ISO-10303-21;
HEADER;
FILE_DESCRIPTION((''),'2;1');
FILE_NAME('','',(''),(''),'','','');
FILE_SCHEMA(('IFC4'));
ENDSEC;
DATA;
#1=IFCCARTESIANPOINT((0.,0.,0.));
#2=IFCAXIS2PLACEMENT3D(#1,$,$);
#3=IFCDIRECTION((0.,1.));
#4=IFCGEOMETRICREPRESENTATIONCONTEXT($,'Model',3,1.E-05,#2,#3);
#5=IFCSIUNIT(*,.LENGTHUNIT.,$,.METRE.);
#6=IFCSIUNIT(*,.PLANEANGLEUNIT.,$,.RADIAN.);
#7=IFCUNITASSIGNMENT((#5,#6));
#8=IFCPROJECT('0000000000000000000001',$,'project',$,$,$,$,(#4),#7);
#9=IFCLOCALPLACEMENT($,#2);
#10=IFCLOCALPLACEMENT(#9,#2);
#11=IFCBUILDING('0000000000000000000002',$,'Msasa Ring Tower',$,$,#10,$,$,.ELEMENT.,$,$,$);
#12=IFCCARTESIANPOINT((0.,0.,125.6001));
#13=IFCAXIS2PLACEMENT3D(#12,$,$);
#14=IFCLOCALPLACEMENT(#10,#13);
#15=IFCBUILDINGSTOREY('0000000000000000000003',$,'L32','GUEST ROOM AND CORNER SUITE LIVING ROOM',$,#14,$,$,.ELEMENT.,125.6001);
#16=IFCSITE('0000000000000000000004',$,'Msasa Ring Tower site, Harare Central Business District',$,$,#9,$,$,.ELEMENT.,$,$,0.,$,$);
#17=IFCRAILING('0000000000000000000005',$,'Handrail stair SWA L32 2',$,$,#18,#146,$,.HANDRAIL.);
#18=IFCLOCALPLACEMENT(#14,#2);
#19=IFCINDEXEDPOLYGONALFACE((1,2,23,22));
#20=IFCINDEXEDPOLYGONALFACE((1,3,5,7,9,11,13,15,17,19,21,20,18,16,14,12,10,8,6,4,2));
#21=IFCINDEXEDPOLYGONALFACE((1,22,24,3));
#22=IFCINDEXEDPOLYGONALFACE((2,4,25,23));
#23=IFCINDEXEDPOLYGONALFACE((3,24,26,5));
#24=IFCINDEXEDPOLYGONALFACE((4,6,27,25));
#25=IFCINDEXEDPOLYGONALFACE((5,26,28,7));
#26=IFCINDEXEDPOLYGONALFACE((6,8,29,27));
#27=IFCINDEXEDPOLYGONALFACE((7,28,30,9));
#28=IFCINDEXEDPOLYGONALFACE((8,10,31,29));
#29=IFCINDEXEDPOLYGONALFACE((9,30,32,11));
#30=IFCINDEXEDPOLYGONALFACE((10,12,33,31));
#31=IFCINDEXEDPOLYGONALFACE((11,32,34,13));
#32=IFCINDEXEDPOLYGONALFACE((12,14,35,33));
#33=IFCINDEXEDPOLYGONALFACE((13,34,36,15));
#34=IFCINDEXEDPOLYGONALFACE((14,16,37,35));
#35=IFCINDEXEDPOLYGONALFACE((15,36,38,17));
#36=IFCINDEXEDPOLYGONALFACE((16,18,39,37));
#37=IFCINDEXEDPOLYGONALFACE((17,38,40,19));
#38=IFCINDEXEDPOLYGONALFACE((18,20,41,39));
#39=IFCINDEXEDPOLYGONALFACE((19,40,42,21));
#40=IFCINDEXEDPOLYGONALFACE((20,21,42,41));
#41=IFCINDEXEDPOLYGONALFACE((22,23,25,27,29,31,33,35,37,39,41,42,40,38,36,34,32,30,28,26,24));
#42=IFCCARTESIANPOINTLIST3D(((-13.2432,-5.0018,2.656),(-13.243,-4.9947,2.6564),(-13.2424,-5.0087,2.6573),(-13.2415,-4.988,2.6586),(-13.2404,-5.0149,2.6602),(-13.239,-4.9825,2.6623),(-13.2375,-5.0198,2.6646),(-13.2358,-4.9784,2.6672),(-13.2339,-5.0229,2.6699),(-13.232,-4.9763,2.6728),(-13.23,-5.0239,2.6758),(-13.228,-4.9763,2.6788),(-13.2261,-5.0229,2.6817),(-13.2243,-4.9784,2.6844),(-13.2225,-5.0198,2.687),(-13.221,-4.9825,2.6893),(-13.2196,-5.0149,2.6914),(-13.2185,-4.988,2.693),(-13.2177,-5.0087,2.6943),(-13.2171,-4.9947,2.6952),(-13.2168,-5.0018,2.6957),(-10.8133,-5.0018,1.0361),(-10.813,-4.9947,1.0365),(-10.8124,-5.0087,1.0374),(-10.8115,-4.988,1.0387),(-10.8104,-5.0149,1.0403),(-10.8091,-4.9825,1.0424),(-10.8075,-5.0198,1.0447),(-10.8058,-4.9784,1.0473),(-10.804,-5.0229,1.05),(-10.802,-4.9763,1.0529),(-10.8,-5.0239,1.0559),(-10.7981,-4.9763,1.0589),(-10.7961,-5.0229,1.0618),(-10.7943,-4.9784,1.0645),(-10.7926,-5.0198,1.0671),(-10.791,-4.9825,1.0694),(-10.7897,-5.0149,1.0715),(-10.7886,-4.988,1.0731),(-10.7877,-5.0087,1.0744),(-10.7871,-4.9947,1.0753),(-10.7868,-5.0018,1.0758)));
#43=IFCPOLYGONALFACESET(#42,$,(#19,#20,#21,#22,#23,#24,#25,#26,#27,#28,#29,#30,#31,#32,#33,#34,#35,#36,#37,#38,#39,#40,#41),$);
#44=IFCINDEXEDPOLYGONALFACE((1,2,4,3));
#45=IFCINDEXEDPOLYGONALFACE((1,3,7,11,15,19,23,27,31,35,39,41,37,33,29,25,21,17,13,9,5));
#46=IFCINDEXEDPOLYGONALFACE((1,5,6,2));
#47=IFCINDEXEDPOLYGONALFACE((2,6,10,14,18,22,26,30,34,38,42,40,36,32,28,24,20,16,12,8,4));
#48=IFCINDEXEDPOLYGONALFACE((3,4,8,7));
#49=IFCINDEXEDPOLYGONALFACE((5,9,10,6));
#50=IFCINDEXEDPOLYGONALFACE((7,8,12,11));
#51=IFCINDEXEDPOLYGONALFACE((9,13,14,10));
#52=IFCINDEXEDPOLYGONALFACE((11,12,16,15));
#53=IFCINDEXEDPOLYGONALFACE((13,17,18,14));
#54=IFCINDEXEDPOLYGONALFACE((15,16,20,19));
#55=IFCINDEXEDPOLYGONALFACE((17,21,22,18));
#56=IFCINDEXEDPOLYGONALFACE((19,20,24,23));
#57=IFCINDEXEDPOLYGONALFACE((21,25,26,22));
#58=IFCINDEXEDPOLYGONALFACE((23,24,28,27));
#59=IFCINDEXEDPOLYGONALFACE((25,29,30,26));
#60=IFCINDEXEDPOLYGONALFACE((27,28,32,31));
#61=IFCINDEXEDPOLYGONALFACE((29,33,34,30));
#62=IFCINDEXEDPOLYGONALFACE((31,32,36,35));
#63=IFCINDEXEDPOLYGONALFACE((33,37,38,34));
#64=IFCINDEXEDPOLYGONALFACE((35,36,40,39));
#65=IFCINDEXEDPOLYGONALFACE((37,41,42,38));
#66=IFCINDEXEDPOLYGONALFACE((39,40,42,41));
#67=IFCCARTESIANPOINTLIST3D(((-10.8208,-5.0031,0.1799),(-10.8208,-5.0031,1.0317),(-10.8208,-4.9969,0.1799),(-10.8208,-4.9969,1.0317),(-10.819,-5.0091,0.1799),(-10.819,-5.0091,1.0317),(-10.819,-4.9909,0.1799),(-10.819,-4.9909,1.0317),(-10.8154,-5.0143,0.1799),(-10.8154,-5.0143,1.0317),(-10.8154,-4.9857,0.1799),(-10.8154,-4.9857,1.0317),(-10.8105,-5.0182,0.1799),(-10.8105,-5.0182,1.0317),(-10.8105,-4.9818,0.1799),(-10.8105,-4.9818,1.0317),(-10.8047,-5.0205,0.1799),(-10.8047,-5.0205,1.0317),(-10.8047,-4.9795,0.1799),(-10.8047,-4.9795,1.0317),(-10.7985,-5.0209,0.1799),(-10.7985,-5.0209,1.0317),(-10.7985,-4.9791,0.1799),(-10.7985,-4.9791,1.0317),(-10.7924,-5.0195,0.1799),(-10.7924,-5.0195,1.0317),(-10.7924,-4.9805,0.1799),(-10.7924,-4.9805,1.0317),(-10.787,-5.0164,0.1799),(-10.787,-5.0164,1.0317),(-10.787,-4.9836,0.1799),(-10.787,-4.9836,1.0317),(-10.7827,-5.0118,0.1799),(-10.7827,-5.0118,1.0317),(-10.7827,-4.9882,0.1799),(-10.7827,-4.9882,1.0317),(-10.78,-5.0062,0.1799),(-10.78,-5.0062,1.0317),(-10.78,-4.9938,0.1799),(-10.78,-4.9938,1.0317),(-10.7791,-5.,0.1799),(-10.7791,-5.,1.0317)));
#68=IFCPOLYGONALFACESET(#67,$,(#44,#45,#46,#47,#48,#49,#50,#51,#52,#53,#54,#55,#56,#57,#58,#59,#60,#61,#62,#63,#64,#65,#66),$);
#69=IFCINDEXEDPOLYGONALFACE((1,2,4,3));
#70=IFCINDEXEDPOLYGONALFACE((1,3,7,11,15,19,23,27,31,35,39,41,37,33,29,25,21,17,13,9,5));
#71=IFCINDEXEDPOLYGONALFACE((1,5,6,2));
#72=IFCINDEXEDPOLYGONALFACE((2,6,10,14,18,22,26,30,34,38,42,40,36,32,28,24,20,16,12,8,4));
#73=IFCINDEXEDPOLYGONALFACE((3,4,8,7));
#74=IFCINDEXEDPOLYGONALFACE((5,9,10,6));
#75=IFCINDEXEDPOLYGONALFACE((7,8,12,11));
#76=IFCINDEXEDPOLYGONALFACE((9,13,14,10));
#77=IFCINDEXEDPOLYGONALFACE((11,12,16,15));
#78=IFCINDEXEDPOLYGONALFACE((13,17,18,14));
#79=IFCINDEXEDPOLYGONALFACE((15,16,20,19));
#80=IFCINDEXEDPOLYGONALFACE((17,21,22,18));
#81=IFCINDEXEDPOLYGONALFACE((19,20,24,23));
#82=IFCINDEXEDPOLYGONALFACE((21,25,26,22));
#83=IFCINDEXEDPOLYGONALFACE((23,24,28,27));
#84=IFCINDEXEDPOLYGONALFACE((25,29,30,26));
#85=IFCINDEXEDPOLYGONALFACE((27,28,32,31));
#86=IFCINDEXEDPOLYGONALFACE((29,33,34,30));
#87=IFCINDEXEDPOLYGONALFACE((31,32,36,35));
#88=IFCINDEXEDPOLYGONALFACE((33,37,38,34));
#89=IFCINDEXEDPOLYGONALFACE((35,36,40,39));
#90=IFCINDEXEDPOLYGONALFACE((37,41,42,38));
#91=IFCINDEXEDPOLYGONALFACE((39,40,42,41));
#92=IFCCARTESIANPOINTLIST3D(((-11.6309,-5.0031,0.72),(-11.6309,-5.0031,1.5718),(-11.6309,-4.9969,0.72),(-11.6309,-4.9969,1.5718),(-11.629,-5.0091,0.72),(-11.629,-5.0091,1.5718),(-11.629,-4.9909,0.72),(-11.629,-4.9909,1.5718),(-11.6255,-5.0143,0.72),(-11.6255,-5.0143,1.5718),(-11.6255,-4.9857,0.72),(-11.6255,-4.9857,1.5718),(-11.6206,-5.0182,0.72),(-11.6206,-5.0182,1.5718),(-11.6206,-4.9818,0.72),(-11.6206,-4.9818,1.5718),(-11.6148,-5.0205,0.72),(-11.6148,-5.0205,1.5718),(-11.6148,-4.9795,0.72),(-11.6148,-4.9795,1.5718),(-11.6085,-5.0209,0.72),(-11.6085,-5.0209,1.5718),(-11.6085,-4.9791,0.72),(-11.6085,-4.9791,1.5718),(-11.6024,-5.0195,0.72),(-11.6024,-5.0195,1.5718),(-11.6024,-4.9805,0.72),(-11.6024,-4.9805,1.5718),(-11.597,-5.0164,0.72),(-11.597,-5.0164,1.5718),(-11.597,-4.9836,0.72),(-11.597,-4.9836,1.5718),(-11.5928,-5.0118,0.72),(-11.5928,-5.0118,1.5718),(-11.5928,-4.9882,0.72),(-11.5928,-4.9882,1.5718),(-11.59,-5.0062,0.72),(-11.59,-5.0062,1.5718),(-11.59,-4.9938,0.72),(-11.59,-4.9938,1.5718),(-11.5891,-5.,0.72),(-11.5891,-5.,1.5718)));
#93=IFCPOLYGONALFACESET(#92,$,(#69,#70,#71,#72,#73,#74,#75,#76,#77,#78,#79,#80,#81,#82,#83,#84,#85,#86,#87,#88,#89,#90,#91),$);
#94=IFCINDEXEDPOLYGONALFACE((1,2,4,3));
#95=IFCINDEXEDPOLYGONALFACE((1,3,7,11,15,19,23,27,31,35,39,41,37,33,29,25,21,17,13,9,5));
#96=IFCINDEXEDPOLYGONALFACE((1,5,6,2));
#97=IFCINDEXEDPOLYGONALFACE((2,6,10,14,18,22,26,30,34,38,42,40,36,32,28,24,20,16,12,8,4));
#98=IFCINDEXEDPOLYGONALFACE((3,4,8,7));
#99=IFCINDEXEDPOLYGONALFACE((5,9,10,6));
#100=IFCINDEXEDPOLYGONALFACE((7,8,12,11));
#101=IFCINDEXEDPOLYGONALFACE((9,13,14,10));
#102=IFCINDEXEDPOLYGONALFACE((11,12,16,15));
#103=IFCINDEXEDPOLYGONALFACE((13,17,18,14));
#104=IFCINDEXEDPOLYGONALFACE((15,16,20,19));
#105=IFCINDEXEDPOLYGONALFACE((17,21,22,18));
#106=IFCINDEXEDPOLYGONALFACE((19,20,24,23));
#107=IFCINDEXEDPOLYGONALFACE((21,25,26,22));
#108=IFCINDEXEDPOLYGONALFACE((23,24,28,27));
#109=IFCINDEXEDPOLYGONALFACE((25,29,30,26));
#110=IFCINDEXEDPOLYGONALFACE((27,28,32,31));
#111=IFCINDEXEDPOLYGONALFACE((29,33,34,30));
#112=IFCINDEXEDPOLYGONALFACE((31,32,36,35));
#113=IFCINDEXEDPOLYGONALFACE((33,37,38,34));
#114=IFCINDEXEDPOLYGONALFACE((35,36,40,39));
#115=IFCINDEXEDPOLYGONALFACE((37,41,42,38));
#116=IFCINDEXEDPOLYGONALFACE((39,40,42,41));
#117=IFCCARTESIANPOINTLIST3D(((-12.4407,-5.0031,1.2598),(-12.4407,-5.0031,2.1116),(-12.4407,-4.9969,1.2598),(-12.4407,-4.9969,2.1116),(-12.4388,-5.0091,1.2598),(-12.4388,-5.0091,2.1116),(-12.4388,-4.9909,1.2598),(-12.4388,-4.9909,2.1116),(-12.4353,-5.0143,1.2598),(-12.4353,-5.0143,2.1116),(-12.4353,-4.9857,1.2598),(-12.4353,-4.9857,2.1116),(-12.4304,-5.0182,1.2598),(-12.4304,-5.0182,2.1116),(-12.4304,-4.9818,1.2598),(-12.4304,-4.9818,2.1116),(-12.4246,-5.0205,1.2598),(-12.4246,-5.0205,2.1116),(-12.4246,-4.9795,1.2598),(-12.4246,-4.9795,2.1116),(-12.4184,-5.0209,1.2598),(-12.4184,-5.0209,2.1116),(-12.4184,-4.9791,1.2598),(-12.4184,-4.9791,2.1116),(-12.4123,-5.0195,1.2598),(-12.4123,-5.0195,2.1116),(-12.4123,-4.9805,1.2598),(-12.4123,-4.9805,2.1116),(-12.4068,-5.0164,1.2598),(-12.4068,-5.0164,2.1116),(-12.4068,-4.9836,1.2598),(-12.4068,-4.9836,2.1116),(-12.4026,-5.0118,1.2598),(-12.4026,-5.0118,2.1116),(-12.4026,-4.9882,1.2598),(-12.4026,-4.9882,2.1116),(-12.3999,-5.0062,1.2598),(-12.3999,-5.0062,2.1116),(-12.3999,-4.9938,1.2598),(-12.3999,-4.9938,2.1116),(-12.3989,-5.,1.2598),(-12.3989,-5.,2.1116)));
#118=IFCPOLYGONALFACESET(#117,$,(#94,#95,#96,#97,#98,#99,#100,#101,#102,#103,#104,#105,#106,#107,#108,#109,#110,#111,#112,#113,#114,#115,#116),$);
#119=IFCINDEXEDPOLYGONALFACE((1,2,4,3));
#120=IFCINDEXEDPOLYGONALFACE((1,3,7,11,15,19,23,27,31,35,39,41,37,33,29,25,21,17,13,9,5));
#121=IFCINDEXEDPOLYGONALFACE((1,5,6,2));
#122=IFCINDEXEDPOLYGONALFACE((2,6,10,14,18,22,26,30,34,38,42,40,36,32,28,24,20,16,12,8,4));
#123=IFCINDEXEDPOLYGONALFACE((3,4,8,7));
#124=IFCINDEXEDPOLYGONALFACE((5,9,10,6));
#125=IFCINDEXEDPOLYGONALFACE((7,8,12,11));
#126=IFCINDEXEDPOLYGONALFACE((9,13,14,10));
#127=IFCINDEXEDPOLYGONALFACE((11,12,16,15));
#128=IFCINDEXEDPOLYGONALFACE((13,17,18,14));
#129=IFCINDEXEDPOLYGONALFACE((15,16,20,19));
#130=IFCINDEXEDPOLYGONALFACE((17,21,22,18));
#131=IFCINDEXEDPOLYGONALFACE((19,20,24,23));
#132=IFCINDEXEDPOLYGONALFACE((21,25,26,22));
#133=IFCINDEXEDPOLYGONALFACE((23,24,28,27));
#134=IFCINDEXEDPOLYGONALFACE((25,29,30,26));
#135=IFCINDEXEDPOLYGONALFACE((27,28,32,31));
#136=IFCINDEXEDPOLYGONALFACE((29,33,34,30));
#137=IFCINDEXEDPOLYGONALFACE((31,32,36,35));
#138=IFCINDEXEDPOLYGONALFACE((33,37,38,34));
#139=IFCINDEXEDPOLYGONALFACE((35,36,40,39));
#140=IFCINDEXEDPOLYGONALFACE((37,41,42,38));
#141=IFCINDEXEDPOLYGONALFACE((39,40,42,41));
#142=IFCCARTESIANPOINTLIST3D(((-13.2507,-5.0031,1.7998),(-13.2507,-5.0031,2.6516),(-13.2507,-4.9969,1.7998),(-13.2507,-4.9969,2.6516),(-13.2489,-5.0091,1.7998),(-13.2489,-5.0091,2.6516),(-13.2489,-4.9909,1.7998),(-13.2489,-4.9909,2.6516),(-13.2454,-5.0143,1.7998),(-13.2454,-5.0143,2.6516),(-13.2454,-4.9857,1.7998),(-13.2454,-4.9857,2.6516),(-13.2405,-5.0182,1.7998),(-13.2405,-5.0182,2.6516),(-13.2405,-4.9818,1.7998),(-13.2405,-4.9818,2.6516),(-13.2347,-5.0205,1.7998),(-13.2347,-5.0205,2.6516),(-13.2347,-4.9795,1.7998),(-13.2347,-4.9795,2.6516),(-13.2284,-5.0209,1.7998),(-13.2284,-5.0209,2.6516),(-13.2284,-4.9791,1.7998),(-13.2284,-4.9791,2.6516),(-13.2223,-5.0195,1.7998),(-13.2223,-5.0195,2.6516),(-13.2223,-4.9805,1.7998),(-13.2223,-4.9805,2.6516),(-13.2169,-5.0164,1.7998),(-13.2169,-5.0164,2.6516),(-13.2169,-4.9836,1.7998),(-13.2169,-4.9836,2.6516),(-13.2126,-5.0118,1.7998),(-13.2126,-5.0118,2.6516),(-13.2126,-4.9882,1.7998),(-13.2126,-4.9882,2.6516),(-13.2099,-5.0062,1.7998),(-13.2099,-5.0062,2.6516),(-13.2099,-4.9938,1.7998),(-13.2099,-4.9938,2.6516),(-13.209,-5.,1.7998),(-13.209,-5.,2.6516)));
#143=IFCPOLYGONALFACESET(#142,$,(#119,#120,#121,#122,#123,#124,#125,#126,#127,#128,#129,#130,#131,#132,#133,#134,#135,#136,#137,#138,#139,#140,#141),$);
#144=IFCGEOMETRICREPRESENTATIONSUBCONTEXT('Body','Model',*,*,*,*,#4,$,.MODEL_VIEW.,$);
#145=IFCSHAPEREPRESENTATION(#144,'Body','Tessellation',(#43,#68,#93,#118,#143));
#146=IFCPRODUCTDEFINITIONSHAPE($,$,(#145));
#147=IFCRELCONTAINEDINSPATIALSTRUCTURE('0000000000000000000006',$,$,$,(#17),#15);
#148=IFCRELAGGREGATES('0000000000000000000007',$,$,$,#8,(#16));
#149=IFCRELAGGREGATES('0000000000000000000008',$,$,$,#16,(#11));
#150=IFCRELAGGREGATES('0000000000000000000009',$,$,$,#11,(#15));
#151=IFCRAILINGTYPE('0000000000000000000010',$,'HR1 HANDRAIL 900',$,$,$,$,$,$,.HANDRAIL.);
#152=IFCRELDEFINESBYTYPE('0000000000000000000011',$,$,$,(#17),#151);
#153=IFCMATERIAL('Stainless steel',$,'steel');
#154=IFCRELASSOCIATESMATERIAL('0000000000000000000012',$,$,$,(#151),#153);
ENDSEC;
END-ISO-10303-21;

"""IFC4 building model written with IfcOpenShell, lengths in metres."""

from ifc_helpers import new_model, si_unit, direction, frame, origin, origin_2d, place, context, subcontext, project, spatial, circle, extrude, material, type_object, element, save


model = new_model("IFC4")

# Units and contexts
model_context = context("Model", 3, precision=1e-05, world=origin(), true_north=direction((0.0, 1.0)))
body_context = subcontext(model_context, "Body", "Model", "MODEL_VIEW")
ifc_project = project(units=[si_unit("LENGTHUNIT", "METRE"), si_unit("PLANEANGLEUNIT", "RADIAN")], contexts=[model_context])

# Site, building, storey
site_placement = place(None, origin())
site = spatial("IfcSite", under=ifc_project, at=site_placement, Name="Msasa Ring Tower site, Harare Central Business District", CompositionType="ELEMENT", RefElevation=0.0)
building_placement = place(site_placement, origin())
building = spatial("IfcBuilding", under=site, at=building_placement, Name="Msasa Ring Tower", CompositionType="ELEMENT")
storey_placement = place(building_placement, frame((0.0, 0.0, 125.6001)))
storey = spatial("IfcBuildingStorey", under=building, at=storey_placement, Name="L32", Description="GUEST ROOM AND CORNER SUITE LIVING ROOM", CompositionType="ELEMENT", Elevation=125.6001)

# Railing
ifc_material_1 = material(Name="Stainless steel", Category="steel")
railing_type = type_object("IfcRailingType", Name="HR1 HANDRAIL 900", PredefinedType="HANDRAIL", material=ifc_material_1)
for number, where, name in (
    (1, (-10.8, -5.0, 0.1799), "Handrail stair SWA L32 2"),
):
    element("IfcRailing", number, at=place(storey_placement, frame(where)), inside=storey, type_object=railing_type, Name=name, PredefinedType="HANDRAIL", context=body_context, shape_type="SweptSolid", body=[
        extrude(circle(Radius=0.0239, at=origin_2d()), frame((0.0, 0.0, 0.876), z_axis=(-0.832063, 0.0, 0.554681), x_axis=(0.0, -1.0, 0.0)), (0.0, 0.0, 1.0), 2.9204),
        extrude(circle(Radius=0.021, at=origin_2d()), origin(), (0.0, 0.0, 1.0), 0.8518),
        extrude(circle(Radius=0.021, at=origin_2d()), frame((-0.8101, 0.0, 0.54)), (0.0, 0.0, 1.0), 0.8518),
        extrude(circle(Radius=0.021, at=origin_2d()), frame((-1.6199, 0.0, 1.0798)), (0.0, 0.0, 1.0), 0.8518),
        extrude(circle(Radius=0.021, at=origin_2d()), frame((-2.4299, 0.0, 1.6199)), (0.0, 0.0, 1.0), 0.8518),
    ])

save(model, "model.ifc")
